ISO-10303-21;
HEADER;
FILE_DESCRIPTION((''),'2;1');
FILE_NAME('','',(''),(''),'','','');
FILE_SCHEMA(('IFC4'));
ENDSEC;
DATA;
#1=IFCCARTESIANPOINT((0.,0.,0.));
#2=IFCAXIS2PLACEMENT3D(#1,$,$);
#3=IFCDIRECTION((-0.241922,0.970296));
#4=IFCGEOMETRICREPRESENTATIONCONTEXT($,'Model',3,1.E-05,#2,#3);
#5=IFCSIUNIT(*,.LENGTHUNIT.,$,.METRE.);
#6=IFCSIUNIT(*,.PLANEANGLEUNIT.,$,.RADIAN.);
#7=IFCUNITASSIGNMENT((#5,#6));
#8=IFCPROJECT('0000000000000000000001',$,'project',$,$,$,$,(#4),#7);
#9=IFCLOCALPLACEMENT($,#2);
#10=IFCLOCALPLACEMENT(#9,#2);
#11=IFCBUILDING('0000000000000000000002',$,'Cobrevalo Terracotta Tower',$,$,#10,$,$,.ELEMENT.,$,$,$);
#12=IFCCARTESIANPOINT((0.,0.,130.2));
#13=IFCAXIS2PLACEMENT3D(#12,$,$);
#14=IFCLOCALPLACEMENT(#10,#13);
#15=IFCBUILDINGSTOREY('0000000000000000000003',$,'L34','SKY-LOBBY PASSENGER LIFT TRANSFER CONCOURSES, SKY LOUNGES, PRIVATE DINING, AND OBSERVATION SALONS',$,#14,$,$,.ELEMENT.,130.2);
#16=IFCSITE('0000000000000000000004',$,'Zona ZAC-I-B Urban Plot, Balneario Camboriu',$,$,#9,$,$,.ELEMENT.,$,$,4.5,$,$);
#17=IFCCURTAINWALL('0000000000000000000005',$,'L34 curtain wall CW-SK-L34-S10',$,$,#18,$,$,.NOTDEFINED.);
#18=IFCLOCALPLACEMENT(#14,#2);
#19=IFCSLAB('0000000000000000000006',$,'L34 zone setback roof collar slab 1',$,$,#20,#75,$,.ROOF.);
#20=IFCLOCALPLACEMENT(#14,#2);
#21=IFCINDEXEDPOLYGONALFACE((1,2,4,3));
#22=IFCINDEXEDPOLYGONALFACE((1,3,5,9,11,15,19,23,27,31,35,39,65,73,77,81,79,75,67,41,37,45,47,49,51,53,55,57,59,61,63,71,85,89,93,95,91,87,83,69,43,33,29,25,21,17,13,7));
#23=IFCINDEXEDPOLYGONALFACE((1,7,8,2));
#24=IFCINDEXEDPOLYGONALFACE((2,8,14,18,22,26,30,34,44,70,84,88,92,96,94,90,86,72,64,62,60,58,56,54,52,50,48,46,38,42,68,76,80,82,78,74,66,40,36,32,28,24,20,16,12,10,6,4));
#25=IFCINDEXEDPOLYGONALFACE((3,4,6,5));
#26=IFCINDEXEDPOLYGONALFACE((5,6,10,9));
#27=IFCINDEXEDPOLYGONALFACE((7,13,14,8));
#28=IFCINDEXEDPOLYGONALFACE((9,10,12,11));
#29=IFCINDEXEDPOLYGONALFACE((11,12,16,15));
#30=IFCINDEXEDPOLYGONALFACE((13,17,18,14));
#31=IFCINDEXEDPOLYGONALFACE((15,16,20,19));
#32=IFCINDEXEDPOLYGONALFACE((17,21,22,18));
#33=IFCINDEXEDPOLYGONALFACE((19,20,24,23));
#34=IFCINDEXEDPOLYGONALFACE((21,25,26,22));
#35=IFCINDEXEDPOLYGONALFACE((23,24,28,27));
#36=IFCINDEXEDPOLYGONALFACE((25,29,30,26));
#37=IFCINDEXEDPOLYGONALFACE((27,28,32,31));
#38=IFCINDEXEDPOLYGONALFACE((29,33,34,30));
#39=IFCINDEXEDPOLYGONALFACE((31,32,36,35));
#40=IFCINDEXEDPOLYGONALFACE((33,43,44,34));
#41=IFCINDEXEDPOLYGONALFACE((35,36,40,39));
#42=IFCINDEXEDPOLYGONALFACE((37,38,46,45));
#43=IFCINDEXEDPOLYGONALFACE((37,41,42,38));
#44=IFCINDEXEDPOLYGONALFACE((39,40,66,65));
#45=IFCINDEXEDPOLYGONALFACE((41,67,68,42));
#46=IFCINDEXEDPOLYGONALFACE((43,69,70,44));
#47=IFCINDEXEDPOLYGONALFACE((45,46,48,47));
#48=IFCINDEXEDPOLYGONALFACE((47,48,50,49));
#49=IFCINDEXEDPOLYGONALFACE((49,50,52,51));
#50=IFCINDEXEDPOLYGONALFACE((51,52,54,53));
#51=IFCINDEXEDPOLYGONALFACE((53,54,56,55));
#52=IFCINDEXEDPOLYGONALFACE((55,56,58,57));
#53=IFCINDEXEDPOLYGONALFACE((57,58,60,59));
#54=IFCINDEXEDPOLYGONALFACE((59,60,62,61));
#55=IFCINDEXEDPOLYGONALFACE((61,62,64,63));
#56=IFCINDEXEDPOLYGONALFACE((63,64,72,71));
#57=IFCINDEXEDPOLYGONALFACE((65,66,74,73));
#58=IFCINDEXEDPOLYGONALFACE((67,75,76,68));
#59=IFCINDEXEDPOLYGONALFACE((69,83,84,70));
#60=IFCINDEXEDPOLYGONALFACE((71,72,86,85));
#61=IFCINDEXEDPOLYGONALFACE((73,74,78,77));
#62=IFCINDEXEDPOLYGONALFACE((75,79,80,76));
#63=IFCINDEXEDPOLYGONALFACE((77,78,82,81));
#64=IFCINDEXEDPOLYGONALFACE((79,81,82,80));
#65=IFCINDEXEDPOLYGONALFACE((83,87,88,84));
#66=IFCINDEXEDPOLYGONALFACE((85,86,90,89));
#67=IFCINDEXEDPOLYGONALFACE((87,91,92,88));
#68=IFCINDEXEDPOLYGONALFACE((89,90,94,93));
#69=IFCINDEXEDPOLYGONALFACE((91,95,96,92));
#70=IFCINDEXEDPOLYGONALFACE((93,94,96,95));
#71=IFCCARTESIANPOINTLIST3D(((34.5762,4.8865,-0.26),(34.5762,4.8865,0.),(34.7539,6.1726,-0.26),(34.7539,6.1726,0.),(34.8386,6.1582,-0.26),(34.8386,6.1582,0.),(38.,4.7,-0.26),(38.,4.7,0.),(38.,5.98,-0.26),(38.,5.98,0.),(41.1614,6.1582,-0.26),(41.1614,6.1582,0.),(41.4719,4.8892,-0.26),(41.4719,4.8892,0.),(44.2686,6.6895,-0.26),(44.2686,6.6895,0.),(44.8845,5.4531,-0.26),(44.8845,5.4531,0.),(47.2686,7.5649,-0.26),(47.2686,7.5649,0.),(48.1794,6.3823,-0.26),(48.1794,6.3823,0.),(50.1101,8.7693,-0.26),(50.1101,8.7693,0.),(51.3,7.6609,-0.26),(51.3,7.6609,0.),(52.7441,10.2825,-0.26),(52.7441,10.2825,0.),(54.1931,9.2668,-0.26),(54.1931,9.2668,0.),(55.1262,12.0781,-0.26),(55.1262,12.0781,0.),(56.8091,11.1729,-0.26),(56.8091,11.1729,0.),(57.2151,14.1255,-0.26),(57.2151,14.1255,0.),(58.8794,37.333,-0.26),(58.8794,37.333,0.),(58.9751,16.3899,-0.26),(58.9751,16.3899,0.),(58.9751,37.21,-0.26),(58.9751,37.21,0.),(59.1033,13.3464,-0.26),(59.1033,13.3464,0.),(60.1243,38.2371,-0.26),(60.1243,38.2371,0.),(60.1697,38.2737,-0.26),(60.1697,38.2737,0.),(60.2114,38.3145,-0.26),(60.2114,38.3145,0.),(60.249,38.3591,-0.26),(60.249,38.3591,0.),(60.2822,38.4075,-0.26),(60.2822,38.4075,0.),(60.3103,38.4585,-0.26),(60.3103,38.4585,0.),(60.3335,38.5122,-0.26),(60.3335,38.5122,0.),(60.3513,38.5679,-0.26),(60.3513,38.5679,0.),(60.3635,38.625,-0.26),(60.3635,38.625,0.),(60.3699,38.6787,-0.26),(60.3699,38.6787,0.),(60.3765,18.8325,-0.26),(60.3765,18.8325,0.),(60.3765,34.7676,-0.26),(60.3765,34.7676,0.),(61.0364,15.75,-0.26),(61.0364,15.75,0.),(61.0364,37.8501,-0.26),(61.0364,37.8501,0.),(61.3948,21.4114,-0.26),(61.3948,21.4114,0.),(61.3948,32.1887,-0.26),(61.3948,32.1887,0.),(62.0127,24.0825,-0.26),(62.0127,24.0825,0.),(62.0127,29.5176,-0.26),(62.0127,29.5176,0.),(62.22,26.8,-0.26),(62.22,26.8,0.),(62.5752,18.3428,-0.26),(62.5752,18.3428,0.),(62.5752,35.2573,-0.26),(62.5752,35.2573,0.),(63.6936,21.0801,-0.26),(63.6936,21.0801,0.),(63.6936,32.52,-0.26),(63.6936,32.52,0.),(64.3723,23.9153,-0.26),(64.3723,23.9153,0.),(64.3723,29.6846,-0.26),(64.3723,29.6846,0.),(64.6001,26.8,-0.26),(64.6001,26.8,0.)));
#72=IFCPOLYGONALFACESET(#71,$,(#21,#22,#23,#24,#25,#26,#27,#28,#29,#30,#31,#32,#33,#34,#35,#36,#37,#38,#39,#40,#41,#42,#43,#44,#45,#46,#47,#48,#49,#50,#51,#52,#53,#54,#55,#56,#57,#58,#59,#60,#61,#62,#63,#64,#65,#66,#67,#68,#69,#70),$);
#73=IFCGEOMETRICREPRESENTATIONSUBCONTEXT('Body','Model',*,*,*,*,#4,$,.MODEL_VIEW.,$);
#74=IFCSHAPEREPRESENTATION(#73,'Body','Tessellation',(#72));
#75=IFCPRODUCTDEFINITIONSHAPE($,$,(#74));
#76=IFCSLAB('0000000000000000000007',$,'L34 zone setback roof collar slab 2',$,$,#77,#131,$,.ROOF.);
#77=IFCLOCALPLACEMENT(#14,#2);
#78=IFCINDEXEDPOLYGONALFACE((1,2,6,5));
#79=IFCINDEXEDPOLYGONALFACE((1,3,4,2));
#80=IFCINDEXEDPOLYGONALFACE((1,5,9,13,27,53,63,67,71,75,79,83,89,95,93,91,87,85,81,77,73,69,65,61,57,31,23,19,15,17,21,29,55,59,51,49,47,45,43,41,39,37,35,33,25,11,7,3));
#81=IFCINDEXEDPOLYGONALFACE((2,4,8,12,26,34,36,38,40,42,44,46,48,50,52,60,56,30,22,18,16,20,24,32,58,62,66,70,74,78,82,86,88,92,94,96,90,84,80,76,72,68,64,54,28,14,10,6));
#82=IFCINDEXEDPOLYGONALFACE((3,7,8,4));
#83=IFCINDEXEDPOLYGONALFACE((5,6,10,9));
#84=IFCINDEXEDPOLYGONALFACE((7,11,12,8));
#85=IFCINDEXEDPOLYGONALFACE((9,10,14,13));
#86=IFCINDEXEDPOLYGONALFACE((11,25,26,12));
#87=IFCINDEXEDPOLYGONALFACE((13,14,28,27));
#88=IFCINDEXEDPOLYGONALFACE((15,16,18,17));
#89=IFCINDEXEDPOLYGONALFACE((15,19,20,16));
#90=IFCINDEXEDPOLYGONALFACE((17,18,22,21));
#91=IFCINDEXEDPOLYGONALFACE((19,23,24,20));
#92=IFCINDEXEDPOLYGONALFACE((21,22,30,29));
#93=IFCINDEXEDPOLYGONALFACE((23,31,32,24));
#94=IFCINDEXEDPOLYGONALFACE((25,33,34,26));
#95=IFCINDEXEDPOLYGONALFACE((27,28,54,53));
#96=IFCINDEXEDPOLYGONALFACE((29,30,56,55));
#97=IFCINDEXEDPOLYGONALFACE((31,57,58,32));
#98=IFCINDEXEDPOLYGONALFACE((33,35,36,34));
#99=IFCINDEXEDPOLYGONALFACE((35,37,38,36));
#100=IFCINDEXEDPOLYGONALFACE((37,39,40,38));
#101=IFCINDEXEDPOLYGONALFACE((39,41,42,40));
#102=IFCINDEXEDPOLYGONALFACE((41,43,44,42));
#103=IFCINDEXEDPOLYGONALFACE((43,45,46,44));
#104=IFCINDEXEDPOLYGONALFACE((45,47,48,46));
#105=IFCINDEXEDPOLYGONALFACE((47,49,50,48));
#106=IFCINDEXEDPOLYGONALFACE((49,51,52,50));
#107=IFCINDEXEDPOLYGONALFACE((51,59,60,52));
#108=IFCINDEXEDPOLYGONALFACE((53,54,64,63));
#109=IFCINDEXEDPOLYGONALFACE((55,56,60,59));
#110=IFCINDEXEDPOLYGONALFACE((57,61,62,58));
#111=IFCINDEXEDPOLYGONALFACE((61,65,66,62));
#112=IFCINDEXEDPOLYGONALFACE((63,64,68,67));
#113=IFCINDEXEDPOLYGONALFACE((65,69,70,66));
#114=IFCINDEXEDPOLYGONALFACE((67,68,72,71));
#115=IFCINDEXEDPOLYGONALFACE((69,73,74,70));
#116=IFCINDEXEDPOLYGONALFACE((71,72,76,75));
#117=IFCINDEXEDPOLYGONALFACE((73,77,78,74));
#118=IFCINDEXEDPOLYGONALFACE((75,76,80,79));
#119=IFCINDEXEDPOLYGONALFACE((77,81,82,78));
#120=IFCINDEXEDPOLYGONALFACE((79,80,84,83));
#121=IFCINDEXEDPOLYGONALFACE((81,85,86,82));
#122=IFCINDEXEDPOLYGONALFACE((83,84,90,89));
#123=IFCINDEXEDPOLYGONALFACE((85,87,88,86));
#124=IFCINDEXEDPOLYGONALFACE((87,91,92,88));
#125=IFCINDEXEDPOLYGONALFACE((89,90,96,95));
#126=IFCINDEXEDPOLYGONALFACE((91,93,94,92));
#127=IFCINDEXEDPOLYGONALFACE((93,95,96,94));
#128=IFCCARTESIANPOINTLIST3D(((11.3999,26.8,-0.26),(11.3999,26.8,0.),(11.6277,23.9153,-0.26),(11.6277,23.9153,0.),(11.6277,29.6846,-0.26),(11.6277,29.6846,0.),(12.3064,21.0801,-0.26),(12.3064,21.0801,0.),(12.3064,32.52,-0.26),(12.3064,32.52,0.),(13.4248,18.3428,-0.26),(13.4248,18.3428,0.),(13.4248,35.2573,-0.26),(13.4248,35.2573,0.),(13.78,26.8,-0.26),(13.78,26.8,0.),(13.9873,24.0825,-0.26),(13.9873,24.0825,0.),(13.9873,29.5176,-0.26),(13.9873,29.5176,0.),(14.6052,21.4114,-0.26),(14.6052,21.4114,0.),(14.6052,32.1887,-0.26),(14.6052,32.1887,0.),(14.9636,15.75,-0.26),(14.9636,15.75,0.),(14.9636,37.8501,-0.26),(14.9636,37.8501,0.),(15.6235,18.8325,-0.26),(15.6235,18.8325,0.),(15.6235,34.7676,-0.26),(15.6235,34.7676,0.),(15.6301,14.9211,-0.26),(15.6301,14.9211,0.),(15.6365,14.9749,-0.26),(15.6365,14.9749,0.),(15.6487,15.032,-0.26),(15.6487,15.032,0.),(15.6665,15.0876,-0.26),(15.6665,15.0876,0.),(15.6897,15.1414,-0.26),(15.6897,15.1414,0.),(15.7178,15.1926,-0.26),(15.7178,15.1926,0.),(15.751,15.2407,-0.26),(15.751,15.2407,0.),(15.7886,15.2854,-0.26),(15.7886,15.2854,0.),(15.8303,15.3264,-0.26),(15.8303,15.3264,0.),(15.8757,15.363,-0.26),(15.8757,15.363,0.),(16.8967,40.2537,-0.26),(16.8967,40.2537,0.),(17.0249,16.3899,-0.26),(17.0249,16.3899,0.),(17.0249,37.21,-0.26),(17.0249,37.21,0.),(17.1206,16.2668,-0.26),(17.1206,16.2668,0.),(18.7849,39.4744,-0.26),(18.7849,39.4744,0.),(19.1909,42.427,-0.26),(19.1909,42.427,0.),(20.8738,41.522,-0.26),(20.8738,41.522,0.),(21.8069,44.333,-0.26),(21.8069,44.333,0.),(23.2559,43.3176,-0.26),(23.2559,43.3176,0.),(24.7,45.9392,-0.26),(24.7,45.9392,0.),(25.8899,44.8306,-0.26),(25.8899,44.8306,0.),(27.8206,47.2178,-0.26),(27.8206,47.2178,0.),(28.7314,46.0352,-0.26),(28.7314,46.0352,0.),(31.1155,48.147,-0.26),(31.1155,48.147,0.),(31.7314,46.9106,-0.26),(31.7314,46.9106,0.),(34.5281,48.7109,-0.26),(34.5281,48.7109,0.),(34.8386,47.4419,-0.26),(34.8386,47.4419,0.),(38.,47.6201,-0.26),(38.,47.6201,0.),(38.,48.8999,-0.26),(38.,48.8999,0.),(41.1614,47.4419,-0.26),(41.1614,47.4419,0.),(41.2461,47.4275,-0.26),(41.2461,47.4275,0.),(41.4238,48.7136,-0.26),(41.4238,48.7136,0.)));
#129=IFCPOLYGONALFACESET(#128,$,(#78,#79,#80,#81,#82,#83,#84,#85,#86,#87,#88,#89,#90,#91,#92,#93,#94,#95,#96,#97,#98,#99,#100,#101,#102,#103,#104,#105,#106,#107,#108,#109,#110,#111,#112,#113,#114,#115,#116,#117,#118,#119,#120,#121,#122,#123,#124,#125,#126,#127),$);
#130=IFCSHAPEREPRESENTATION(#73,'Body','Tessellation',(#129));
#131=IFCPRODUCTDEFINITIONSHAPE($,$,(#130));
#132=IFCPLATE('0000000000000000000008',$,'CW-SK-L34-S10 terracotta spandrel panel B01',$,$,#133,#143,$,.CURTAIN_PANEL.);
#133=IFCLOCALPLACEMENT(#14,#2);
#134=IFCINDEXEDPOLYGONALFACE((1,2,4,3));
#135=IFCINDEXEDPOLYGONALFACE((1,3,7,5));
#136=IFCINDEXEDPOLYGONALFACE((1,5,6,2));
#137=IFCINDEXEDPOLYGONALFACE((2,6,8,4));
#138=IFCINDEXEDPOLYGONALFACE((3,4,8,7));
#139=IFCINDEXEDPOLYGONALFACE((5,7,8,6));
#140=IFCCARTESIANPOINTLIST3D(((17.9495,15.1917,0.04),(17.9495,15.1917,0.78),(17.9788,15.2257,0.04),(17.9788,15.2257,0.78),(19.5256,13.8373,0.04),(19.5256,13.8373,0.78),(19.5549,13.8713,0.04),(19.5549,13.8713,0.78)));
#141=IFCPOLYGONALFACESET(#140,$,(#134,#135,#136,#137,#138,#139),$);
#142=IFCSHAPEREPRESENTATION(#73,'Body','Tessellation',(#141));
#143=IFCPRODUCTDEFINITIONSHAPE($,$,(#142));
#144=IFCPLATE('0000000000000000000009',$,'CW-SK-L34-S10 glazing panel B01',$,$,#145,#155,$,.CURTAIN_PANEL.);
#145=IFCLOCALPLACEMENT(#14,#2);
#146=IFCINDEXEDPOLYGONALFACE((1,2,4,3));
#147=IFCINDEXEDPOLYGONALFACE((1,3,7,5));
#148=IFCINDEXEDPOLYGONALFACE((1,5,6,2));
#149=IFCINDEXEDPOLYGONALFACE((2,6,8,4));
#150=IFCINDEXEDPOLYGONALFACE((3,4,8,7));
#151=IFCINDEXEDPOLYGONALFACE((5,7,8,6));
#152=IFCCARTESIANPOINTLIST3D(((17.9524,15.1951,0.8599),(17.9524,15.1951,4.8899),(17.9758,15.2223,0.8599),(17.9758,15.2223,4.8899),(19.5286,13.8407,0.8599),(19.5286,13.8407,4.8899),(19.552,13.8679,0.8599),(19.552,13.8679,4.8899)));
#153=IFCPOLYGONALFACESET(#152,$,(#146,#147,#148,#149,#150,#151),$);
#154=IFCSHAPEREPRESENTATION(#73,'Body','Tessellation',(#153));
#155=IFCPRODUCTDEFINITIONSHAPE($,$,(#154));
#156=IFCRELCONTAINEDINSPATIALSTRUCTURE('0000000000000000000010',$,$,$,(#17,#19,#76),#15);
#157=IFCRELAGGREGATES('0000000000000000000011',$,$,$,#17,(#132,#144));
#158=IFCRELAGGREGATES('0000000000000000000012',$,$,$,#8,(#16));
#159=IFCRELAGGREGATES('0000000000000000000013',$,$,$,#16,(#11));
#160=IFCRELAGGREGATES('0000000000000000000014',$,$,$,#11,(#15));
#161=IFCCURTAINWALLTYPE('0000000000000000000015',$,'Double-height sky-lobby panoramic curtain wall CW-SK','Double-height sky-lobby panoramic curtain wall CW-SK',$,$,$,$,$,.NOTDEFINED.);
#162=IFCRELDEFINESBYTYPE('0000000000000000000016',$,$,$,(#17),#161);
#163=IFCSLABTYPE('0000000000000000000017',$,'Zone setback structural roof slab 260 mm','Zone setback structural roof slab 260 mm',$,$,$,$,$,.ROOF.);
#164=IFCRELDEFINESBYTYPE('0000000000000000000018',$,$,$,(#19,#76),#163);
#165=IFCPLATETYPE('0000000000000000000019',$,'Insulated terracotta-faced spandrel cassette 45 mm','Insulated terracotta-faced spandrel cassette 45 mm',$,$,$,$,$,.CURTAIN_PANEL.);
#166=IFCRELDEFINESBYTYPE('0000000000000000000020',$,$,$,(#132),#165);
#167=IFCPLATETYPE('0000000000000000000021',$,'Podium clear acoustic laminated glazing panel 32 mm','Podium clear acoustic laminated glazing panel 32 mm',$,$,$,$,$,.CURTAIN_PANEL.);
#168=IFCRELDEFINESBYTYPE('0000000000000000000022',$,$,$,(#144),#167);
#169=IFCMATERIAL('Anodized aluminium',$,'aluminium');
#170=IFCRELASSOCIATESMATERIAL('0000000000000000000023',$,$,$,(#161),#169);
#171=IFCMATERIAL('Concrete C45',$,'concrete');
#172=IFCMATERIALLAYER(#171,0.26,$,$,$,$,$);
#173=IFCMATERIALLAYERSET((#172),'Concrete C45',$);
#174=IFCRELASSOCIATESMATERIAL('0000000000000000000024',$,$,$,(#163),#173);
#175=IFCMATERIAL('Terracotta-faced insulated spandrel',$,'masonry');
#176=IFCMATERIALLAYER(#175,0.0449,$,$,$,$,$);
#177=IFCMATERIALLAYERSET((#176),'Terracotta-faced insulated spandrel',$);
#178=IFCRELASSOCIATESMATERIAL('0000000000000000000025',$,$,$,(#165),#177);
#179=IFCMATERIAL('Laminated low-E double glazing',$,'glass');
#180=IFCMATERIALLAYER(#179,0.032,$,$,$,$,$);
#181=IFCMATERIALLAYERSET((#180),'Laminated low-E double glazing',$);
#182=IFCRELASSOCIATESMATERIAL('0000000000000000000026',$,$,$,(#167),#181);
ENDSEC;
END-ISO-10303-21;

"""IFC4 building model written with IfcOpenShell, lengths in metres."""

from ifc_helpers import new_model, si_unit, direction, frame, origin, origin_2d, place, context, subcontext, project, spatial, polyline, rectangle, outline, extrude, source, transform, mapped, material, layer, layer_set, type_object, element, aggregate, save


model = new_model("IFC4")

# Units and contexts
model_context = context("Model", 3, precision=1e-05, world=origin(), true_north=direction((-0.241922, 0.970296)))
body_context = subcontext(model_context, "Body", "Model", "MODEL_VIEW")
ifc_project = project(units=[si_unit("LENGTHUNIT", "METRE"), si_unit("PLANEANGLEUNIT", "RADIAN")], contexts=[model_context])

# Site, building, storey
site_placement = place(None, origin())
site = spatial("IfcSite", under=ifc_project, at=site_placement, Name="Zona ZAC-I-B Urban Plot, Balneario Camboriu", CompositionType="ELEMENT", RefElevation=4.5)
building_placement = place(site_placement, origin())
building = spatial("IfcBuilding", under=site, at=building_placement, Name="Cobrevalo Terracotta Tower", CompositionType="ELEMENT")
storey_placement = place(building_placement, frame((0.0, 0.0, 130.2)))
storey = spatial("IfcBuildingStorey", under=building, at=storey_placement, Name="L34", Description="SKY-LOBBY PASSENGER LIFT TRANSFER CONCOURSES, SKY LOUNGES, PRIVATE DINING, AND OBSERVATION SALONS", CompositionType="ELEMENT", Elevation=130.2)

# Shared definitions
ifc_material_1 = material(Name="Anodized aluminium", Category="aluminium")
curtain_wall_type = type_object("IfcCurtainWallType", Name="Double-height sky-lobby panoramic curtain wall CW-SK", Description="Double-height sky-lobby panoramic curtain wall CW-SK", PredefinedType="NOTDEFINED", material=ifc_material_1)

# Curtain wall
curtain_wall_1_placement = place(storey_placement, origin())
curtain_wall_1 = element("IfcCurtainWall", 1, at=curtain_wall_1_placement, inside=storey, type_object=curtain_wall_type, Name="L34 curtain wall CW-SK-L34-S10", PredefinedType="NOTDEFINED")

# Slabs
ifc_material_2 = material(Name="Concrete C45", Category="concrete")
ifc_layer_1 = layer(ifc_material_2, 0.26)
ifc_layer_set_1 = layer_set([ifc_layer_1], Name="Concrete C45")
slab_type_1 = type_object("IfcSlabType", Name="Zone setback structural roof slab 260 mm", Description="Zone setback structural roof slab 260 mm", PredefinedType="ROOF", material=ifc_layer_set_1)
slab_1_placement = place(storey_placement, frame((0.0, 0.0, -0.26)))
element("IfcSlab", 2, at=slab_1_placement, inside=storey, type_object=slab_type_1, Name="L34 zone setback roof collar slab 1", PredefinedType="ROOF", context=body_context, shape_type="SweptSolid", body=[
    extrude(outline(polyline([(63.6936, 21.0801), (62.5752, 18.3428), (61.0364, 15.75), (59.1033, 13.3464), (56.8091, 11.1729), (54.1931, 9.2668), (51.3, 7.6609), (48.1794, 6.3823), (44.8845, 5.4531), (41.4719, 4.8892), (38.0, 4.7), (34.5762, 4.8865), (34.7539, 6.1726), (34.8386, 6.1582), (38.0, 5.98), (41.1614, 6.1582), (44.2686, 6.6895), (47.2686, 7.5649), (50.1101, 8.7693), (52.7441, 10.2825), (55.1262, 12.0781), (57.2151, 14.1255), (58.9751, 16.3899), (60.3765, 18.8325), (61.3948, 21.4114), (62.0127, 24.0825), (62.22, 26.8), (62.0127, 29.5176), (61.3948, 32.1887), (60.3765, 34.7676), (58.9751, 37.21), (58.8794, 37.333), (60.1243, 38.2371), (60.1697, 38.2737), (60.2114, 38.3145), (60.249, 38.3591), (60.2822, 38.4075), (60.3103, 38.4585), (60.3335, 38.5122), (60.3513, 38.5679), (60.3635, 38.625), (60.3699, 38.6787), (61.0364, 37.8501), (62.5752, 35.2573), (63.6936, 32.52), (64.3723, 29.6846), (64.6001, 26.8), (64.3723, 23.9153), (63.6936, 21.0801)])), origin(), (0.0, 0.0, 1.0), 0.26),
])
slab_2_placement = place(storey_placement, frame((0.0, 0.0, -0.26)))
element("IfcSlab", 3, at=slab_2_placement, inside=storey, type_object=slab_type_1, Name="L34 zone setback roof collar slab 2", PredefinedType="ROOF", context=body_context, shape_type="SweptSolid", body=[
    extrude(outline(polyline([(14.9636, 15.75), (13.4248, 18.3428), (12.3064, 21.0801), (11.6277, 23.9153), (11.3999, 26.8), (11.6277, 29.6846), (12.3064, 32.52), (13.4248, 35.2573), (14.9636, 37.8501), (16.8967, 40.2537), (19.1909, 42.427), (21.8069, 44.333), (24.7, 45.9392), (27.8206, 47.2178), (31.1155, 48.147), (34.5281, 48.7109), (38.0, 48.8999), (41.4238, 48.7136), (41.2461, 47.4275), (41.1614, 47.4419), (38.0, 47.6201), (34.8386, 47.4419), (31.7314, 46.9106), (28.7314, 46.0352), (25.8899, 44.8306), (23.2559, 43.3176), (20.8738, 41.522), (18.7849, 39.4744), (17.0249, 37.21), (15.6235, 34.7676), (14.6052, 32.1887), (13.9873, 29.5176), (13.78, 26.8), (13.9873, 24.0825), (14.6052, 21.4114), (15.6235, 18.8325), (17.0249, 16.3899), (17.1206, 16.2668), (15.8757, 15.363), (15.8303, 15.3264), (15.7886, 15.2854), (15.751, 15.2407), (15.7178, 15.1926), (15.6897, 15.1414), (15.6665, 15.0876), (15.6487, 15.032), (15.6365, 14.9749), (15.6301, 14.9211), (14.9636, 15.75)])), origin(), (0.0, 0.0, 1.0), 0.26),
])

# Plates
ifc_material_3 = material(Name="Terracotta-faced insulated spandrel", Category="masonry")
ifc_layer_2 = layer(ifc_material_3, 0.0449)
ifc_layer_set_2 = layer_set([ifc_layer_2], Name="Terracotta-faced insulated spandrel")
plate_type_1 = type_object("IfcPlateType", Name="Insulated terracotta-faced spandrel cassette 45 mm", Description="Insulated terracotta-faced spandrel cassette 45 mm", PredefinedType="CURTAIN_PANEL", material=ifc_layer_set_2)
shared_shape_1 = source(origin(), body_context, "Body", "SweptSolid", [
    extrude(rectangle(XDim=2.0781, YDim=0.0449, at=origin_2d()), origin(), (0.0, 0.0, 1.0), 0.74),
])
plate_1_placement = place(storey_placement, frame((18.7522, 14.5315, 0.04), z_axis=(0.0, 0.0, 1.0), x_axis=(0.758437, -0.651746, 0.0)))
plate_1 = element("IfcPlate", 4, at=plate_1_placement, type_object=plate_type_1, Name="CW-SK-L34-S10 terracotta spandrel panel B01", PredefinedType="CURTAIN_PANEL", context=body_context, shape_type="MappedRepresentation", body=[
    mapped(shared_shape_1, transform((0.0, 0.0, 0.0), scale=1.0)),
])
ifc_material_4 = material(Name="Laminated low-E double glazing", Category="glass")
ifc_layer_3 = layer(ifc_material_4, 0.032)
ifc_layer_set_3 = layer_set([ifc_layer_3], Name="Laminated low-E double glazing")
plate_type_2 = type_object("IfcPlateType", Name="Podium clear acoustic laminated glazing panel 32 mm", Description="Podium clear acoustic laminated glazing panel 32 mm", PredefinedType="CURTAIN_PANEL", material=ifc_layer_set_3)
shared_shape_2 = source(origin(), body_context, "Body", "SweptSolid", [
    extrude(rectangle(XDim=2.0781, YDim=0.0359, at=origin_2d()), origin(), (0.0, 0.0, 1.0), 4.03),
])
plate_2_placement = place(storey_placement, frame((18.7522, 14.5315, 0.8599), z_axis=(0.0, 0.0, 1.0), x_axis=(0.758437, -0.651746, 0.0)))
plate_2 = element("IfcPlate", 5, at=plate_2_placement, type_object=plate_type_2, Name="CW-SK-L34-S10 glazing panel B01", PredefinedType="CURTAIN_PANEL", context=body_context, shape_type="MappedRepresentation", body=[
    mapped(shared_shape_2, transform((0.0, 0.0, 0.0), scale=1.0)),
])
aggregate(curtain_wall_1, [plate_1, plate_2])

save(model, "model.ifc")
